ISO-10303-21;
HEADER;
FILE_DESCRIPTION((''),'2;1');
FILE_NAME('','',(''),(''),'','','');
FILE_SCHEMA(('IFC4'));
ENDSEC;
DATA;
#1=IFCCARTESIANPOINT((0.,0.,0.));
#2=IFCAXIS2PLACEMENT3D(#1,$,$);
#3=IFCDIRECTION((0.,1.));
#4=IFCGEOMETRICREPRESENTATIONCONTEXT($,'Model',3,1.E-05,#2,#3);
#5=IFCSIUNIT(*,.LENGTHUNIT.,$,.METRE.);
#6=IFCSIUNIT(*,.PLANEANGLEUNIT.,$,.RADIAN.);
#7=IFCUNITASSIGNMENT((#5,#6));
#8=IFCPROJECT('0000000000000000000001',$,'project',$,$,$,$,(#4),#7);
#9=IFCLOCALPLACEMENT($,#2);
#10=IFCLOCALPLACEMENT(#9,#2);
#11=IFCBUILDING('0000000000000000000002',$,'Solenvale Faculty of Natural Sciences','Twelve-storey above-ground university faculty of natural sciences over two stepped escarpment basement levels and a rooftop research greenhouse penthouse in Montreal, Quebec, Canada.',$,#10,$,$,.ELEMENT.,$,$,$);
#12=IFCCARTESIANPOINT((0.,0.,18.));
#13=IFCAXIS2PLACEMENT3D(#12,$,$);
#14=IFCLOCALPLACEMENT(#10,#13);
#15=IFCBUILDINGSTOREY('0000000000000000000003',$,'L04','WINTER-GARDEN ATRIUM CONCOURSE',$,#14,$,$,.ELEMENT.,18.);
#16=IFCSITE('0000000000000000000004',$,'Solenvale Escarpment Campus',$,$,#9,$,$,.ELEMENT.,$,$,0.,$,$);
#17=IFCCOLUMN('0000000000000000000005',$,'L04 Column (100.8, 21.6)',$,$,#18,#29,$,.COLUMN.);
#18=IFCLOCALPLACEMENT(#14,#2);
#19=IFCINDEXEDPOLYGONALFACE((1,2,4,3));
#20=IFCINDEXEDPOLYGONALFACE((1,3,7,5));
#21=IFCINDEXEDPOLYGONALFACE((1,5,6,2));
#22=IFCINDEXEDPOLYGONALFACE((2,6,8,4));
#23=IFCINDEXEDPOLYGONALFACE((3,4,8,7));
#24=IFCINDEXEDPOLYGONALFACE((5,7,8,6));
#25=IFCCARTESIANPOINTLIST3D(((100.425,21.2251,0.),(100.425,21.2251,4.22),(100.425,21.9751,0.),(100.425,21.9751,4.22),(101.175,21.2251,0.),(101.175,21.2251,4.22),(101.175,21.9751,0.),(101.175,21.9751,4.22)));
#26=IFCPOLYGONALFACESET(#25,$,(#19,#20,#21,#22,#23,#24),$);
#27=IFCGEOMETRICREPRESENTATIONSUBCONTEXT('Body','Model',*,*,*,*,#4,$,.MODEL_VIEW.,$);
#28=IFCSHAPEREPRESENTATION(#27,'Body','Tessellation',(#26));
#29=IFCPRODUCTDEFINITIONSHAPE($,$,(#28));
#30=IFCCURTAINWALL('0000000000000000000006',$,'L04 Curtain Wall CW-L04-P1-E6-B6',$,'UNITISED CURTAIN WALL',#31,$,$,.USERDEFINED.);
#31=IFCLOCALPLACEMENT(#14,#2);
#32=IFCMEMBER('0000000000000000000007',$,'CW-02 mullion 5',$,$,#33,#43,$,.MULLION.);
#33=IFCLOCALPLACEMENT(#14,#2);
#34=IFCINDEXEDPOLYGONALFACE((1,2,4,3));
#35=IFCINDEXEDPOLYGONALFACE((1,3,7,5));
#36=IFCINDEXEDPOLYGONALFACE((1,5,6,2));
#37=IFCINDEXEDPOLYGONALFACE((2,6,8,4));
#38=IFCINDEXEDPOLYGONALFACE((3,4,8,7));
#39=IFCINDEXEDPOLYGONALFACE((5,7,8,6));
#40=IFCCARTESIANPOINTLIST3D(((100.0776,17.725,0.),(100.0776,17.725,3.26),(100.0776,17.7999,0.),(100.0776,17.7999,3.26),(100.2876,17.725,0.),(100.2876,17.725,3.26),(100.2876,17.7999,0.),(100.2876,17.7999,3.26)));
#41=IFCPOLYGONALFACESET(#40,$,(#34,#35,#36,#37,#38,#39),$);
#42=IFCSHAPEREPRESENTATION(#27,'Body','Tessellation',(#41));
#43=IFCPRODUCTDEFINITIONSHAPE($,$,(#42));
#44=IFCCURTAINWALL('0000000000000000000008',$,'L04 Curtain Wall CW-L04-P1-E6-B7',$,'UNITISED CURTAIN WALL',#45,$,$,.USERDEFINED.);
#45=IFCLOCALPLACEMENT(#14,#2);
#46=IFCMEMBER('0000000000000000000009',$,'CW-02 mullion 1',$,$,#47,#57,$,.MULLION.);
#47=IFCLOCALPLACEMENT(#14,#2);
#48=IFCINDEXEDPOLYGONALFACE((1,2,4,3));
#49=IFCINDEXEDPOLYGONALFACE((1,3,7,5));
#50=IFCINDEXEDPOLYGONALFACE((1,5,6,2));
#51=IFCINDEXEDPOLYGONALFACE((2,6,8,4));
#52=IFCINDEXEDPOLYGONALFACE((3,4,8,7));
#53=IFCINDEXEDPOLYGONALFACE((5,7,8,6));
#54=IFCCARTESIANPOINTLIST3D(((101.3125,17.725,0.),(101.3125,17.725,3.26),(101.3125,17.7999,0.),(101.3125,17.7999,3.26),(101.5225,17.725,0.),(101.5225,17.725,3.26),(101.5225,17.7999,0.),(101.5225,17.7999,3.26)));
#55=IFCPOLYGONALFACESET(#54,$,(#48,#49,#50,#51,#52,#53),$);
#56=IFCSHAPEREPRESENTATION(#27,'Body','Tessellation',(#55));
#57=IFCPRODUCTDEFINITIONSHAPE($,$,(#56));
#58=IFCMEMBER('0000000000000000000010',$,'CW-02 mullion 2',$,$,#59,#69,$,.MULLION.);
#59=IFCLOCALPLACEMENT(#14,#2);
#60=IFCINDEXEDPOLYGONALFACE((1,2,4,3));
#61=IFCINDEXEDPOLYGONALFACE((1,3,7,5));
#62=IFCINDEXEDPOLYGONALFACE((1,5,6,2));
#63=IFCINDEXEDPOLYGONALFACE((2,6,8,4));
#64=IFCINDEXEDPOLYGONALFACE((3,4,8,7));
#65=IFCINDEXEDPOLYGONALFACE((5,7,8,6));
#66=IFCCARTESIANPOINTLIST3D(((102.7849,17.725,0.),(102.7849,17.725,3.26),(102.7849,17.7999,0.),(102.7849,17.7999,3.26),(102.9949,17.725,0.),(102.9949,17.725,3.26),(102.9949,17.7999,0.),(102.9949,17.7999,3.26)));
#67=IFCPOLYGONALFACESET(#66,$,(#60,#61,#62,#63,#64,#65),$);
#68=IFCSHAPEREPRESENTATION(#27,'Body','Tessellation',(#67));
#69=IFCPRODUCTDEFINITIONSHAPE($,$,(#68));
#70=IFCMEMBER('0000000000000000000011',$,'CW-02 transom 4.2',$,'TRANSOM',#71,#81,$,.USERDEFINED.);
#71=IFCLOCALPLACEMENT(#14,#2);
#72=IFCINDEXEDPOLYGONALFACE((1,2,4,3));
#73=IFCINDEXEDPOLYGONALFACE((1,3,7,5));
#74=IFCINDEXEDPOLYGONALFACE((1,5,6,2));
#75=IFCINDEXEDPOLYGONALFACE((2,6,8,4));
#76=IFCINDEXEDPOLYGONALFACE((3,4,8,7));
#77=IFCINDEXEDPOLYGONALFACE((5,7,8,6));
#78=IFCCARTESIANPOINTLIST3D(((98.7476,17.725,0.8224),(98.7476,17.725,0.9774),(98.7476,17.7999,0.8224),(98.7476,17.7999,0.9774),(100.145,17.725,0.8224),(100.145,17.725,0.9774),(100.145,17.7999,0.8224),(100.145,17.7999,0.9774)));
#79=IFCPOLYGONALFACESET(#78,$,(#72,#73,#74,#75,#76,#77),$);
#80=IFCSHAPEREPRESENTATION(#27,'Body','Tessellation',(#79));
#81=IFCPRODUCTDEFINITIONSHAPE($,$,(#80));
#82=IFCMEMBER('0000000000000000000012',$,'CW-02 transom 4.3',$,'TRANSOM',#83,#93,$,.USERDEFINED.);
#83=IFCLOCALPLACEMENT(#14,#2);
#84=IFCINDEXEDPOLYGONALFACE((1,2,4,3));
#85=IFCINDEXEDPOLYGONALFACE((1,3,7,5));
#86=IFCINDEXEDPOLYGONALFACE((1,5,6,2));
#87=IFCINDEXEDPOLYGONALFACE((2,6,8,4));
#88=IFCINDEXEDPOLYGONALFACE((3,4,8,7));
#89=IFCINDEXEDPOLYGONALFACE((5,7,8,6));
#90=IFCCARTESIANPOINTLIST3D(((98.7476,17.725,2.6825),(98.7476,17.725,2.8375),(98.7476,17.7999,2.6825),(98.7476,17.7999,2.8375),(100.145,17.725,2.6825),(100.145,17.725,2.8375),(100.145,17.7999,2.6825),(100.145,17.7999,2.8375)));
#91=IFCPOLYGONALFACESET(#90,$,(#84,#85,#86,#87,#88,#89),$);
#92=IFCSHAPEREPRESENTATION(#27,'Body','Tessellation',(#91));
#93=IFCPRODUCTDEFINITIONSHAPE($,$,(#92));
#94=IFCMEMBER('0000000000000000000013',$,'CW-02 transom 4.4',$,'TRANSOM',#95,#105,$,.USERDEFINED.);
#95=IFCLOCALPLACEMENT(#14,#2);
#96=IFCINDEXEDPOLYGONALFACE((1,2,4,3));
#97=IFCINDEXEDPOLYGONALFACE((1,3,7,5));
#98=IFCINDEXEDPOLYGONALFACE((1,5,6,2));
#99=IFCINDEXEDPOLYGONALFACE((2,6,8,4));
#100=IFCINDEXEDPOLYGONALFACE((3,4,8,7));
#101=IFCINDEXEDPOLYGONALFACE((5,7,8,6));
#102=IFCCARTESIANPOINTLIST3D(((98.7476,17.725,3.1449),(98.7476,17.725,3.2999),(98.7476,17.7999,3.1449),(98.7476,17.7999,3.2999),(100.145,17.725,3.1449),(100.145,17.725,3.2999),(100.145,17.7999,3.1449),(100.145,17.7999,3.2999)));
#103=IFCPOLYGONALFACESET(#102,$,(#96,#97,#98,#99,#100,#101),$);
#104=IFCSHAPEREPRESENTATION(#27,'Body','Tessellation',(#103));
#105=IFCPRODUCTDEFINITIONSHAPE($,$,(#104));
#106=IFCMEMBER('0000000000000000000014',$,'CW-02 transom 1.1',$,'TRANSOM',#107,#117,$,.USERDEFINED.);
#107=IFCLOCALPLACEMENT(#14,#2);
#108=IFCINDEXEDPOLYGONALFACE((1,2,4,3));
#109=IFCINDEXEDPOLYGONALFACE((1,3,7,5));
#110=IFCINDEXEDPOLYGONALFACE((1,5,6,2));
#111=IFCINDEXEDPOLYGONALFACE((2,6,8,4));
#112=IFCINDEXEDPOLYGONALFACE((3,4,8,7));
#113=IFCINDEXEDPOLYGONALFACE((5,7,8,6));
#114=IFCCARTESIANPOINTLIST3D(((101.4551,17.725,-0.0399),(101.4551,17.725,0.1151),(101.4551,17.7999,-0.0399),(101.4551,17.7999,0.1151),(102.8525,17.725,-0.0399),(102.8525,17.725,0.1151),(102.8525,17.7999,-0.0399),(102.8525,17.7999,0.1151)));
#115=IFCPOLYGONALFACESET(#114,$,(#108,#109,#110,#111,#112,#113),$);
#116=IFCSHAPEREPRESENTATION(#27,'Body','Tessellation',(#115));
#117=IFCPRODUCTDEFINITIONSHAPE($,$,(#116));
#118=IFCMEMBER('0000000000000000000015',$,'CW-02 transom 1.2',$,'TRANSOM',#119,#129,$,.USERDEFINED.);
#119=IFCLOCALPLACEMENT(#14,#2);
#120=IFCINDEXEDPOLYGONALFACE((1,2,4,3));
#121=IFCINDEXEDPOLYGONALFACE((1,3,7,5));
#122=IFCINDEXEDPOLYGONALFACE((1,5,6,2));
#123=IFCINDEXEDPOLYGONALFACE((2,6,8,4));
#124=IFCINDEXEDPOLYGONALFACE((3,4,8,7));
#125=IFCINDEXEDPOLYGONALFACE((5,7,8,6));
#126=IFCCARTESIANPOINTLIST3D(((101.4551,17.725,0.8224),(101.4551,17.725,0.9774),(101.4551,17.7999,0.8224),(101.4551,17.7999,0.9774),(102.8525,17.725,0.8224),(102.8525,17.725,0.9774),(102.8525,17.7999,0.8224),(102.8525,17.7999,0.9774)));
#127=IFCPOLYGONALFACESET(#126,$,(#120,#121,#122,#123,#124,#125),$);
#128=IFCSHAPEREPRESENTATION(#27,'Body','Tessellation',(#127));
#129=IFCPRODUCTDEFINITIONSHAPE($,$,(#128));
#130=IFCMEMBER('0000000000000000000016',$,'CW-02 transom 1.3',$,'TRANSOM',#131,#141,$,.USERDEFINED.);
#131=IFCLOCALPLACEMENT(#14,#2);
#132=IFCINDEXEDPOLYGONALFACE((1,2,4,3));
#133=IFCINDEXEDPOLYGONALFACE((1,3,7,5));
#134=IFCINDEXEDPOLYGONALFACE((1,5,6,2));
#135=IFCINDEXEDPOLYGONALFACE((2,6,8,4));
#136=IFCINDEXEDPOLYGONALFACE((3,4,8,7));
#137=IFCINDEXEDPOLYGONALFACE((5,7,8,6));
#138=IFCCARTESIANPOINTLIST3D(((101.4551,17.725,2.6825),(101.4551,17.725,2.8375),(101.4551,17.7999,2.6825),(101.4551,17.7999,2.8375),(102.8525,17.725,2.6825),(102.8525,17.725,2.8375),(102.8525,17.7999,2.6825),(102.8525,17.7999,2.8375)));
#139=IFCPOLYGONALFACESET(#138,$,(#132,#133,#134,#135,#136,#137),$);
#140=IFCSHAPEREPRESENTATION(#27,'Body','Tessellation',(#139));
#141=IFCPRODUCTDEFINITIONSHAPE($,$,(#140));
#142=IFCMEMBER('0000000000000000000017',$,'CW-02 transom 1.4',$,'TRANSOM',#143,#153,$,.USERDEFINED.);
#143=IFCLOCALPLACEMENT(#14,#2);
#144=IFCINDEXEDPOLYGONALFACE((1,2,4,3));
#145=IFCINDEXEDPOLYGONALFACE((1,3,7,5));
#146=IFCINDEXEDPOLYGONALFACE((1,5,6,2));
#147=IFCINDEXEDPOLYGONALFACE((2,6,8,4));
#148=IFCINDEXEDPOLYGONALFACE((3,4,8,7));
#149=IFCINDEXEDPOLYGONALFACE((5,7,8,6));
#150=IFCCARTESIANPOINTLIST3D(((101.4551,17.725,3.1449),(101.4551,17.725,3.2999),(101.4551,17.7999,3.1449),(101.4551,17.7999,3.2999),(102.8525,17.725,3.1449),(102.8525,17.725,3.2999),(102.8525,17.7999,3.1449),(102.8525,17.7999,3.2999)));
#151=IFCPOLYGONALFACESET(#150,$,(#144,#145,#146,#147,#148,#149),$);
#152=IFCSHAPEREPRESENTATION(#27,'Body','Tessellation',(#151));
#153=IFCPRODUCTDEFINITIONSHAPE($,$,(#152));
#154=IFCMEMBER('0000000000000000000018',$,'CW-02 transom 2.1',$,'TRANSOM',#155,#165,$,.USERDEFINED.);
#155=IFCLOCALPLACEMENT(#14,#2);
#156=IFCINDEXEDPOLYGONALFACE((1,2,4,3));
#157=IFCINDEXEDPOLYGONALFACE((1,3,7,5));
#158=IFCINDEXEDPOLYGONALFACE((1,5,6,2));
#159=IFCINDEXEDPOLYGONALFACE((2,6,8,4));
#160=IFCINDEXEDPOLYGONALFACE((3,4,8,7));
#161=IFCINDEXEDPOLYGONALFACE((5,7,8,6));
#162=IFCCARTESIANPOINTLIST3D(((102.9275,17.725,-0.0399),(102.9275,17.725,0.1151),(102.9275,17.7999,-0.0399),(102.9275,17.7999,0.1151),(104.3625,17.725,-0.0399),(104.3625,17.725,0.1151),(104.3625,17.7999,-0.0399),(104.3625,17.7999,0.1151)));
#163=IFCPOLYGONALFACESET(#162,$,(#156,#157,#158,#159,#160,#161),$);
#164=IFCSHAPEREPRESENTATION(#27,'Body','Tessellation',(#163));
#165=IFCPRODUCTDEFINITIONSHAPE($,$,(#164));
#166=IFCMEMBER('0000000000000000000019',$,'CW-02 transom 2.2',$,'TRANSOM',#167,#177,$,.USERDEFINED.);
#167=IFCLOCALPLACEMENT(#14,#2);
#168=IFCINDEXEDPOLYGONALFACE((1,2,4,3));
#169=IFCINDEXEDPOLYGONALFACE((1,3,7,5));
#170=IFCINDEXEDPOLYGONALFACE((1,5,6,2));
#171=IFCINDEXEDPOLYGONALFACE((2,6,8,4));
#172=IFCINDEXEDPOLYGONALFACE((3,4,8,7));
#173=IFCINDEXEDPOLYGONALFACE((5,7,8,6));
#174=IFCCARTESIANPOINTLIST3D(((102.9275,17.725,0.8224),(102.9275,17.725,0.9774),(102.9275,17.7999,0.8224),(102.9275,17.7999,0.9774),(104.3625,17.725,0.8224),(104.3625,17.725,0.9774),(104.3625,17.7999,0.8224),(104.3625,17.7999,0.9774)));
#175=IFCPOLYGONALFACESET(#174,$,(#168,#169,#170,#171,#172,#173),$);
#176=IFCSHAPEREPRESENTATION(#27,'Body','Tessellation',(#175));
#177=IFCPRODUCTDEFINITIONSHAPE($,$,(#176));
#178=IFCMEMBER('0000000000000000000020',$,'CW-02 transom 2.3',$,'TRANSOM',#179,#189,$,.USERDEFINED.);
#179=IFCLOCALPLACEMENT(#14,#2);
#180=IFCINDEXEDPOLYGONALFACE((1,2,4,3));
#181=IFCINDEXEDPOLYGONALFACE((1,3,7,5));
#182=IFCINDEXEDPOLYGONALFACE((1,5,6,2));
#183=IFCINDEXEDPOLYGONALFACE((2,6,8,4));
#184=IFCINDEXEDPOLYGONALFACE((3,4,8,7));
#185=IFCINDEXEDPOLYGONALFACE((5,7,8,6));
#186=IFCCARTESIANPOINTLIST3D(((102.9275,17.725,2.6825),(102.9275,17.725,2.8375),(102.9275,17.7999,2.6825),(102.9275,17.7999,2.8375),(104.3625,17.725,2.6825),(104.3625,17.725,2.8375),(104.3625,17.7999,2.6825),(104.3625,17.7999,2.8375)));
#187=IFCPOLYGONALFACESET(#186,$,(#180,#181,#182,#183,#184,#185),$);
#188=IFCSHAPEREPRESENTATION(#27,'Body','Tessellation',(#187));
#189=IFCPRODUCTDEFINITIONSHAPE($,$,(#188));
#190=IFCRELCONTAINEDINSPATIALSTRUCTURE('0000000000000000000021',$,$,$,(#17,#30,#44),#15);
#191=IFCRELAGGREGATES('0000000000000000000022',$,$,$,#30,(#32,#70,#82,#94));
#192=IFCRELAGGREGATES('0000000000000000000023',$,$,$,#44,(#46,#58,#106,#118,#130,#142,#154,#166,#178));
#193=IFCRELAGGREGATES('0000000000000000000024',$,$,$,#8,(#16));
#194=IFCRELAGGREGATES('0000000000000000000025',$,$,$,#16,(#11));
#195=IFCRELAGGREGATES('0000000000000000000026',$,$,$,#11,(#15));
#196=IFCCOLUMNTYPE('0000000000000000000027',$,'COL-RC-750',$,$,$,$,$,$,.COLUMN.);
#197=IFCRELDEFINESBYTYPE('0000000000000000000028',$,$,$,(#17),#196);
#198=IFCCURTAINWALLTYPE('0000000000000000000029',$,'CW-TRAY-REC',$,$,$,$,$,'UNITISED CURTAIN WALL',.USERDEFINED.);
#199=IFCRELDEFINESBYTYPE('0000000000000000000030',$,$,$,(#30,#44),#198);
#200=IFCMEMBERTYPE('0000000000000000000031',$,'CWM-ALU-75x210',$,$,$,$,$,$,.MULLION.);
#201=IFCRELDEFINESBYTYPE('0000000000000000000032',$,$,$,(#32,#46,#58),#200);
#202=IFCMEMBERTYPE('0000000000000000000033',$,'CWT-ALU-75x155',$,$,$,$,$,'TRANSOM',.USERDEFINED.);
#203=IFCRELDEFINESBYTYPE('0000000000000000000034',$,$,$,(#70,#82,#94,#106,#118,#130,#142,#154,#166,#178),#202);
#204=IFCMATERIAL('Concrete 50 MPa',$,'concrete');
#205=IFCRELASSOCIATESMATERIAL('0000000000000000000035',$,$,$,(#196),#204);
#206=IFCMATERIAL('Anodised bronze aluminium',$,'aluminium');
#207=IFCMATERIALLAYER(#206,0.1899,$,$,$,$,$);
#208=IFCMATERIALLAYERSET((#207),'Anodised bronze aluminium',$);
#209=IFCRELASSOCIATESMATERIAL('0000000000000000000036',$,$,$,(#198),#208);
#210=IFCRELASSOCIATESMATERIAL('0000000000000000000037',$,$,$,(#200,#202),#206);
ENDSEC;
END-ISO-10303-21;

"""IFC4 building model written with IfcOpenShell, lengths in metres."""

from ifc_helpers import new_model, si_unit, direction, frame, origin, origin_2d, place, context, subcontext, project, spatial, rectangle, extrude, material, layer, layer_set, material_profile, profile_set, type_object, element, aggregate, save


model = new_model("IFC4")

# Units and contexts
model_context = context("Model", 3, precision=1e-05, world=origin(), true_north=direction((0.0, 1.0)))
body_context = subcontext(model_context, "Body", "Model", "MODEL_VIEW")
ifc_project = project(units=[si_unit("LENGTHUNIT", "METRE"), si_unit("PLANEANGLEUNIT", "RADIAN")], contexts=[model_context])

# Site, building, storey
site_placement = place(None, origin())
site = spatial("IfcSite", under=ifc_project, at=site_placement, Name="Solenvale Escarpment Campus", CompositionType="ELEMENT", RefElevation=0.0)
building_placement = place(site_placement, origin())
building = spatial("IfcBuilding", under=site, at=building_placement, Name="Solenvale Faculty of Natural Sciences", Description="Twelve-storey above-ground university faculty of natural sciences over two stepped escarpment basement levels and a rooftop research greenhouse penthouse in Montreal, Quebec, Canada.", CompositionType="ELEMENT")
storey_placement = place(building_placement, frame((0.0, 0.0, 18.0)))
storey = spatial("IfcBuildingStorey", under=building, at=storey_placement, Name="L04", Description="WINTER-GARDEN ATRIUM CONCOURSE", CompositionType="ELEMENT", Elevation=18.0)

# Column
ifc_material_1 = material(Name="Concrete 50 MPa", Category="concrete")
ifc_material_profile_1 = material_profile(ifc_material_1, rectangle(XDim=0.75, YDim=0.75, at=origin_2d()), Name="RC-COL-750x750")
ifc_profile_set_1 = profile_set([ifc_material_profile_1], Name="Concrete 50 MPa")
column_type = type_object("IfcColumnType", Name="COL-RC-750", PredefinedType="COLUMN", material=ifc_profile_set_1)
column_placement = place(storey_placement, frame((100.8, 21.6001, 0.0), z_axis=(0.0, 0.0, 1.0), x_axis=(1.0, 0.0, 0.0)))
element("IfcColumn", 1, at=column_placement, inside=storey, type_object=column_type, Name="L04 Column (100.8, 21.6)", PredefinedType="COLUMN", context=body_context, shape_type="SweptSolid", body=[
    extrude(rectangle(XDim=0.75, YDim=0.75, at=origin_2d()), origin(), (0.0, 0.0, 1.0), 4.22),
])

# Curtain wall, member
ifc_material_2 = material(Name="Anodised bronze aluminium", Category="aluminium")
ifc_layer_1 = layer(ifc_material_2, 0.1899)
ifc_layer_set_1 = layer_set([ifc_layer_1], Name="Anodised bronze aluminium")
curtain_wall_type = type_object("IfcCurtainWallType", Name="CW-TRAY-REC", ElementType="UNITISED CURTAIN WALL", PredefinedType="USERDEFINED", material=ifc_layer_set_1)
curtain_wall_1_placement = place(storey_placement, origin())
curtain_wall_1 = element("IfcCurtainWall", 2, at=curtain_wall_1_placement, inside=storey, type_object=curtain_wall_type, Name="L04 Curtain Wall CW-L04-P1-E6-B6", ObjectType="UNITISED CURTAIN WALL", PredefinedType="USERDEFINED")
ifc_material_profile_2 = material_profile(ifc_material_2, rectangle(XDim=0.075, YDim=0.21, at=origin_2d()), Name="ALU-MUL-75x210")
ifc_profile_set_2 = profile_set([ifc_material_profile_2], Name="Anodised bronze aluminium")
member_type_1 = type_object("IfcMemberType", Name="CWM-ALU-75x210", PredefinedType="MULLION", material=ifc_profile_set_2)
member_1_placement = place(storey_placement, frame((100.1826, 17.7625, 0.0), z_axis=(0.0, 0.0, 1.0), x_axis=(0.0, 1.0, 0.0)))
member_1 = element("IfcMember", 3, at=member_1_placement, type_object=member_type_1, Name="CW-02 mullion 5", PredefinedType="MULLION", context=body_context, shape_type="SweptSolid", body=[
    extrude(rectangle(XDim=0.075, YDim=0.21, at=origin_2d()), origin(), (0.0, 0.0, 1.0), 3.26),
])

# Curtain wall, members
curtain_wall_2_placement = place(storey_placement, origin())
curtain_wall_2 = element("IfcCurtainWall", 4, at=curtain_wall_2_placement, inside=storey, type_object=curtain_wall_type, Name="L04 Curtain Wall CW-L04-P1-E6-B7", ObjectType="UNITISED CURTAIN WALL", PredefinedType="USERDEFINED")
member_2_placement = place(storey_placement, frame((101.4175, 17.7625, 0.0), z_axis=(0.0, 0.0, 1.0), x_axis=(0.0, 1.0, 0.0)))
member_2 = element("IfcMember", 5, at=member_2_placement, type_object=member_type_1, Name="CW-02 mullion 1", PredefinedType="MULLION", context=body_context, shape_type="SweptSolid", body=[
    extrude(rectangle(XDim=0.075, YDim=0.21, at=origin_2d()), origin(), (0.0, 0.0, 1.0), 3.26),
])
member_3_placement = place(storey_placement, frame((102.8899, 17.7625, 0.0), z_axis=(0.0, 0.0, 1.0), x_axis=(0.0, 1.0, 0.0)))
member_3 = element("IfcMember", 6, at=member_3_placement, type_object=member_type_1, Name="CW-02 mullion 2", PredefinedType="MULLION", context=body_context, shape_type="SweptSolid", body=[
    extrude(rectangle(XDim=0.075, YDim=0.21, at=origin_2d()), origin(), (0.0, 0.0, 1.0), 3.26),
])

# Members
ifc_material_profile_3 = material_profile(ifc_material_2, rectangle(XDim=0.075, YDim=0.155, at=origin_2d()), Name="ALU-TRN-75x155")
ifc_profile_set_3 = profile_set([ifc_material_profile_3], Name="Anodised bronze aluminium")
member_type_2 = type_object("IfcMemberType", Name="CWT-ALU-75x155", ElementType="TRANSOM", PredefinedType="USERDEFINED", material=ifc_profile_set_3)
member_4_placement = place(storey_placement, frame((98.7476, 17.7625, 0.8999), z_axis=(1.0, 0.0, 0.0), x_axis=(0.0, 1.0, 0.0)))
member_4 = element("IfcMember", 7, at=member_4_placement, type_object=member_type_2, Name="CW-02 transom 4.2", ObjectType="TRANSOM", PredefinedType="USERDEFINED", context=body_context, shape_type="SweptSolid", body=[
    extrude(rectangle(XDim=0.075, YDim=0.155, at=origin_2d()), origin(), (0.0, 0.0, 1.0), 1.3975),
])
member_5_placement = place(storey_placement, frame((98.7476, 17.7625, 2.76), z_axis=(1.0, 0.0, 0.0), x_axis=(0.0, 1.0, 0.0)))
member_5 = element("IfcMember", 8, at=member_5_placement, type_object=member_type_2, Name="CW-02 transom 4.3", ObjectType="TRANSOM", PredefinedType="USERDEFINED", context=body_context, shape_type="SweptSolid", body=[
    extrude(rectangle(XDim=0.075, YDim=0.155, at=origin_2d()), origin(), (0.0, 0.0, 1.0), 1.3975),
])
member_6_placement = place(storey_placement, frame((98.7476, 17.7625, 3.2224), z_axis=(1.0, 0.0, 0.0), x_axis=(0.0, 1.0, 0.0)))
member_6 = element("IfcMember", 9, at=member_6_placement, type_object=member_type_2, Name="CW-02 transom 4.4", ObjectType="TRANSOM", PredefinedType="USERDEFINED", context=body_context, shape_type="SweptSolid", body=[
    extrude(rectangle(XDim=0.075, YDim=0.155, at=origin_2d()), origin(), (0.0, 0.0, 1.0), 1.3975),
])
member_7_placement = place(storey_placement, frame((101.4551, 17.7625, 0.0376), z_axis=(1.0, 0.0, 0.0), x_axis=(0.0, 1.0, 0.0)))
member_7 = element("IfcMember", 10, at=member_7_placement, type_object=member_type_2, Name="CW-02 transom 1.1", ObjectType="TRANSOM", PredefinedType="USERDEFINED", context=body_context, shape_type="SweptSolid", body=[
    extrude(rectangle(XDim=0.075, YDim=0.155, at=origin_2d()), origin(), (0.0, 0.0, 1.0), 1.3975),
])
member_8_placement = place(storey_placement, frame((101.4551, 17.7625, 0.8999), z_axis=(1.0, 0.0, 0.0), x_axis=(0.0, 1.0, 0.0)))
member_8 = element("IfcMember", 11, at=member_8_placement, type_object=member_type_2, Name="CW-02 transom 1.2", ObjectType="TRANSOM", PredefinedType="USERDEFINED", context=body_context, shape_type="SweptSolid", body=[
    extrude(rectangle(XDim=0.075, YDim=0.155, at=origin_2d()), origin(), (0.0, 0.0, 1.0), 1.3975),
])
member_9_placement = place(storey_placement, frame((101.4551, 17.7625, 2.76), z_axis=(1.0, 0.0, 0.0), x_axis=(0.0, 1.0, 0.0)))
member_9 = element("IfcMember", 12, at=member_9_placement, type_object=member_type_2, Name="CW-02 transom 1.3", ObjectType="TRANSOM", PredefinedType="USERDEFINED", context=body_context, shape_type="SweptSolid", body=[
    extrude(rectangle(XDim=0.075, YDim=0.155, at=origin_2d()), origin(), (0.0, 0.0, 1.0), 1.3975),
])
member_10_placement = place(storey_placement, frame((101.4551, 17.7625, 3.2224), z_axis=(1.0, 0.0, 0.0), x_axis=(0.0, 1.0, 0.0)))
member_10 = element("IfcMember", 13, at=member_10_placement, type_object=member_type_2, Name="CW-02 transom 1.4", ObjectType="TRANSOM", PredefinedType="USERDEFINED", context=body_context, shape_type="SweptSolid", body=[
    extrude(rectangle(XDim=0.075, YDim=0.155, at=origin_2d()), origin(), (0.0, 0.0, 1.0), 1.3975),
])
member_11_placement = place(storey_placement, frame((102.9275, 17.7625, 0.0376), z_axis=(1.0, 0.0, 0.0), x_axis=(0.0, 1.0, 0.0)))
member_11 = element("IfcMember", 14, at=member_11_placement, type_object=member_type_2, Name="CW-02 transom 2.1", ObjectType="TRANSOM", PredefinedType="USERDEFINED", context=body_context, shape_type="SweptSolid", body=[
    extrude(rectangle(XDim=0.075, YDim=0.155, at=origin_2d()), origin(), (0.0, 0.0, 1.0), 1.4351),
])
member_12_placement = place(storey_placement, frame((102.9275, 17.7625, 0.8999), z_axis=(1.0, 0.0, 0.0), x_axis=(0.0, 1.0, 0.0)))
member_12 = element("IfcMember", 15, at=member_12_placement, type_object=member_type_2, Name="CW-02 transom 2.2", ObjectType="TRANSOM", PredefinedType="USERDEFINED", context=body_context, shape_type="SweptSolid", body=[
    extrude(rectangle(XDim=0.075, YDim=0.155, at=origin_2d()), origin(), (0.0, 0.0, 1.0), 1.4351),
])
member_13_placement = place(storey_placement, frame((102.9275, 17.7625, 2.76), z_axis=(1.0, 0.0, 0.0), x_axis=(0.0, 1.0, 0.0)))
member_13 = element("IfcMember", 16, at=member_13_placement, type_object=member_type_2, Name="CW-02 transom 2.3", ObjectType="TRANSOM", PredefinedType="USERDEFINED", context=body_context, shape_type="SweptSolid", body=[
    extrude(rectangle(XDim=0.075, YDim=0.155, at=origin_2d()), origin(), (0.0, 0.0, 1.0), 1.4351),
])

aggregate(curtain_wall_1, [member_1, member_4, member_5, member_6])
aggregate(curtain_wall_2, [member_2, member_3, member_7, member_8, member_9, member_10, member_11, member_12, member_13])

save(model, "model.ifc")
